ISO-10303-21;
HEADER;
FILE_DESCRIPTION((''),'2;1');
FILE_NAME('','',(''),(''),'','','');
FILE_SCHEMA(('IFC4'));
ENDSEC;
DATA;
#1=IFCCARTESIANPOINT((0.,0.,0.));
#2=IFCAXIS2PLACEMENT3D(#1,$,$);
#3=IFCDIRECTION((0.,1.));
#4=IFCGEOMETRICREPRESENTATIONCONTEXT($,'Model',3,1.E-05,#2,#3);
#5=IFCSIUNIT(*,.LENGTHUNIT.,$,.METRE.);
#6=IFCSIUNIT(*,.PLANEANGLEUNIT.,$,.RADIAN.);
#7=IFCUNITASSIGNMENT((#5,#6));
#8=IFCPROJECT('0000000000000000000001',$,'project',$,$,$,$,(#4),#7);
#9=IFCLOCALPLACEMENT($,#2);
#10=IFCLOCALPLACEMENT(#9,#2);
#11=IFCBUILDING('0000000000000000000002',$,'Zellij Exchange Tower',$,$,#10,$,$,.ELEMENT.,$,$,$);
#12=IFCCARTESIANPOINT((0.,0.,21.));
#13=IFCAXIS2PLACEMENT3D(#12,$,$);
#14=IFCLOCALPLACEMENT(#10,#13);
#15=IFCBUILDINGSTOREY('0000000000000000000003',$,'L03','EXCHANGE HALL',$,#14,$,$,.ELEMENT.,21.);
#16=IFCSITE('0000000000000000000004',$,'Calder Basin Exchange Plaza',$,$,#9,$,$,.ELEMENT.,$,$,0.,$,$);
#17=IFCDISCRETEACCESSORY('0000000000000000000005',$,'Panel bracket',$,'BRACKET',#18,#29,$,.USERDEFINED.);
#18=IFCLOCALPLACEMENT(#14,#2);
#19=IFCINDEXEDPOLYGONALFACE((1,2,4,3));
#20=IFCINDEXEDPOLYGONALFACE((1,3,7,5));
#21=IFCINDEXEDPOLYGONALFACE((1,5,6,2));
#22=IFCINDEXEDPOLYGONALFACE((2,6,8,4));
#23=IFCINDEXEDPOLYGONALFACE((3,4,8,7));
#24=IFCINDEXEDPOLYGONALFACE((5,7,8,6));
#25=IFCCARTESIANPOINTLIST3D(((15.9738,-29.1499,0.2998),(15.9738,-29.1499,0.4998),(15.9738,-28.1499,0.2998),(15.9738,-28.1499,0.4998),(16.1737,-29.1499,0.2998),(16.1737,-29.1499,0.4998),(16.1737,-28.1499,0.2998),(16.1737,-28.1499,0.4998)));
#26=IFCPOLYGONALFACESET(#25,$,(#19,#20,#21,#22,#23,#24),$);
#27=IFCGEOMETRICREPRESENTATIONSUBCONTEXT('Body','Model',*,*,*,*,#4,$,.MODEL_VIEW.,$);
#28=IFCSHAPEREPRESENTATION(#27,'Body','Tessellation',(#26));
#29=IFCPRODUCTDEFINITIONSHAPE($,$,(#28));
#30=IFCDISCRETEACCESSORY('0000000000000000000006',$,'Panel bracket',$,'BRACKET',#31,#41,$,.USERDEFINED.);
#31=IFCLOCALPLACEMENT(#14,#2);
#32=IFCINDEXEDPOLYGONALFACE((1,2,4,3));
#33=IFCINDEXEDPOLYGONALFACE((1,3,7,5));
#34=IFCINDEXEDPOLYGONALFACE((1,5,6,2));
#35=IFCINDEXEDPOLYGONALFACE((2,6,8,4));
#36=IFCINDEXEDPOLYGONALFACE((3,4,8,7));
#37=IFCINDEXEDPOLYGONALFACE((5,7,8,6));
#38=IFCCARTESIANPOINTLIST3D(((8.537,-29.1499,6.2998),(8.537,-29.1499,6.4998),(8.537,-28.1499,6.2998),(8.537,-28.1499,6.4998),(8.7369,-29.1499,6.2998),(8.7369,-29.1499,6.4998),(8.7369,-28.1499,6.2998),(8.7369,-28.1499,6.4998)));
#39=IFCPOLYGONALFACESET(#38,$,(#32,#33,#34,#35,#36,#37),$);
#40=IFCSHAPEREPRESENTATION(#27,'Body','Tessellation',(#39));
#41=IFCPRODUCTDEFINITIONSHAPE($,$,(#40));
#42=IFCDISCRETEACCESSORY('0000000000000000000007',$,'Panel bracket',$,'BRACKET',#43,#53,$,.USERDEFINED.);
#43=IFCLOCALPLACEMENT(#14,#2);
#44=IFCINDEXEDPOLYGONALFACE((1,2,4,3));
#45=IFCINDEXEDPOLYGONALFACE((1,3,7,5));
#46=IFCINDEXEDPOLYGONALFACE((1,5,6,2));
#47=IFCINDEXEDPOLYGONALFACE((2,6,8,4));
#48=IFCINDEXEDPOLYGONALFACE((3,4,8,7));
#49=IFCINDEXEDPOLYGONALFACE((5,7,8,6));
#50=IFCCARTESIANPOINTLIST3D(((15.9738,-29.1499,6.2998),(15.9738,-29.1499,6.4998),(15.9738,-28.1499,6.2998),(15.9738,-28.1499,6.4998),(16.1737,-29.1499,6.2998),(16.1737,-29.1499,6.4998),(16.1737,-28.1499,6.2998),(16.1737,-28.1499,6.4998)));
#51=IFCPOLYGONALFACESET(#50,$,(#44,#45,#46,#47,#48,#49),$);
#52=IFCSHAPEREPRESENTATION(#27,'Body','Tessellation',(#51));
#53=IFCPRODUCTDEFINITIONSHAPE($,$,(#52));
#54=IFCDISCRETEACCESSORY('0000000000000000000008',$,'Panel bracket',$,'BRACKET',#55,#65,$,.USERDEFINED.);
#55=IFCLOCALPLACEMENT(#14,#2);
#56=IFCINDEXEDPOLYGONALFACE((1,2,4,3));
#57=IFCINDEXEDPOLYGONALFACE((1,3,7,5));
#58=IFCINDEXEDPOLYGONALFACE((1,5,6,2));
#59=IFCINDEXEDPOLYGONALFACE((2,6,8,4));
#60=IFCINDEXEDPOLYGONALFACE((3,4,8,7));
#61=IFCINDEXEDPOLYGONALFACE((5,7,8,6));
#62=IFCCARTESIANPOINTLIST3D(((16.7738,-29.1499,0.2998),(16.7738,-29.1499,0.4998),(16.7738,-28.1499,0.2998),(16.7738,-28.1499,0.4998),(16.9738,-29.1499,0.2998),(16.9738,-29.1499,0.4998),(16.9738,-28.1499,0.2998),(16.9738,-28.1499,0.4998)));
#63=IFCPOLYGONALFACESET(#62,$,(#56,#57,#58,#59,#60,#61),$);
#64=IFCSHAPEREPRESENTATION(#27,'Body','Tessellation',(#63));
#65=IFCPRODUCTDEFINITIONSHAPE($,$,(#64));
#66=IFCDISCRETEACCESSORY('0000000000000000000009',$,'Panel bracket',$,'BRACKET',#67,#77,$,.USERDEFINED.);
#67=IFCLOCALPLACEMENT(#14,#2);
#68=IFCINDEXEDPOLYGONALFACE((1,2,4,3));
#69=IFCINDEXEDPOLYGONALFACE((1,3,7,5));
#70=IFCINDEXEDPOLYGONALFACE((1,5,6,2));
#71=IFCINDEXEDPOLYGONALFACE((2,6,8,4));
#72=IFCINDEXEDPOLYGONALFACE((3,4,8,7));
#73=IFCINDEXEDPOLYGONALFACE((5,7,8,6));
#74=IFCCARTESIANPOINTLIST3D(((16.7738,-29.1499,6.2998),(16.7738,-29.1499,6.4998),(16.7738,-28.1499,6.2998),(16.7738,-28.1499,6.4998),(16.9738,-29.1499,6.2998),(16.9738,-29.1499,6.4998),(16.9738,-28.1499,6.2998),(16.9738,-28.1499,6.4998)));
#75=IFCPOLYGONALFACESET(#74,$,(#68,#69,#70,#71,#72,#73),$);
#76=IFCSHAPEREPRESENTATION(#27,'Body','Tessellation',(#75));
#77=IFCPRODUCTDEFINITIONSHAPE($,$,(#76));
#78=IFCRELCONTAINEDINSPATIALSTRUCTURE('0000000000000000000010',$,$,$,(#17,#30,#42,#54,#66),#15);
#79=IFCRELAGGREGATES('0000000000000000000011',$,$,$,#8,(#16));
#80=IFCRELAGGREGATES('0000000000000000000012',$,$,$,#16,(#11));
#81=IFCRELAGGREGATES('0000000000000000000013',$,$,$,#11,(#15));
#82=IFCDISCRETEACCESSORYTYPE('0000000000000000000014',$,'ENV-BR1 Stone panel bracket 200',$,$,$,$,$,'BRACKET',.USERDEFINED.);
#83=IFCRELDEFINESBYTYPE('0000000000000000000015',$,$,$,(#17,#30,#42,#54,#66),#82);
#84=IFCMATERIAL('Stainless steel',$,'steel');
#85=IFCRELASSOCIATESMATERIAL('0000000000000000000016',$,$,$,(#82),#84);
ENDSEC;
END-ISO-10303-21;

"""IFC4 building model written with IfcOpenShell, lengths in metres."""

from ifc_helpers import new_model, si_unit, direction, frame, origin, origin_2d, place, context, subcontext, project, spatial, rectangle, extrude, material, type_object, element, save


model = new_model("IFC4")

# Units and contexts
model_context = context("Model", 3, precision=1e-05, world=origin(), true_north=direction((0.0, 1.0)))
body_context = subcontext(model_context, "Body", "Model", "MODEL_VIEW")
ifc_project = project(units=[si_unit("LENGTHUNIT", "METRE"), si_unit("PLANEANGLEUNIT", "RADIAN")], contexts=[model_context])

# Site, building, storey
site_placement = place(None, origin())
site = spatial("IfcSite", under=ifc_project, at=site_placement, Name="Calder Basin Exchange Plaza", CompositionType="ELEMENT", RefElevation=0.0)
building_placement = place(site_placement, origin())
building = spatial("IfcBuilding", under=site, at=building_placement, Name="Zellij Exchange Tower", CompositionType="ELEMENT")
storey_placement = place(building_placement, frame((0.0, 0.0, 21.0)))
storey = spatial("IfcBuildingStorey", under=building, at=storey_placement, Name="L03", Description="EXCHANGE HALL", CompositionType="ELEMENT", Elevation=21.0)

# Discrete accessories
ifc_material_1 = material(Name="Stainless steel", Category="steel")
discrete_accessory_type = type_object("IfcDiscreteAccessoryType", Name="ENV-BR1 Stone panel bracket 200", ElementType="BRACKET", PredefinedType="USERDEFINED", material=ifc_material_1)
for number, where, z_axis, x_axis, name in (
    (1, (16.0737, -28.6499, 0.2998), (0.0, 0.0, 1.0), (1.0, 0.0, 0.0), "Panel bracket"),
    (2, (8.637, -28.6499, 6.2998), (0.0, 0.0, 1.0), (1.0, 0.0, 0.0), "Panel bracket"),
    (3, (16.0737, -28.6499, 6.2998), (0.0, 0.0, 1.0), (1.0, 0.0, 0.0), "Panel bracket"),
    (4, (16.8738, -28.6499, 0.2998), (0.0, 0.0, 1.0), (1.0, 0.0, 0.0), "Panel bracket"),
    (5, (16.8738, -28.6499, 6.2998), (0.0, 0.0, 1.0), (1.0, 0.0, 0.0), "Panel bracket"),
):
    element("IfcDiscreteAccessory", number, at=place(storey_placement, frame(where, z_axis=z_axis, x_axis=x_axis)), inside=storey, type_object=discrete_accessory_type, Name=name, ObjectType="BRACKET", PredefinedType="USERDEFINED", context=body_context, shape_type="SweptSolid", body=[
        extrude(rectangle(XDim=0.2, YDim=1.0, at=origin_2d()), origin(), (0.0, 0.0, 1.0), 0.2),
    ])

save(model, "model.ifc")
